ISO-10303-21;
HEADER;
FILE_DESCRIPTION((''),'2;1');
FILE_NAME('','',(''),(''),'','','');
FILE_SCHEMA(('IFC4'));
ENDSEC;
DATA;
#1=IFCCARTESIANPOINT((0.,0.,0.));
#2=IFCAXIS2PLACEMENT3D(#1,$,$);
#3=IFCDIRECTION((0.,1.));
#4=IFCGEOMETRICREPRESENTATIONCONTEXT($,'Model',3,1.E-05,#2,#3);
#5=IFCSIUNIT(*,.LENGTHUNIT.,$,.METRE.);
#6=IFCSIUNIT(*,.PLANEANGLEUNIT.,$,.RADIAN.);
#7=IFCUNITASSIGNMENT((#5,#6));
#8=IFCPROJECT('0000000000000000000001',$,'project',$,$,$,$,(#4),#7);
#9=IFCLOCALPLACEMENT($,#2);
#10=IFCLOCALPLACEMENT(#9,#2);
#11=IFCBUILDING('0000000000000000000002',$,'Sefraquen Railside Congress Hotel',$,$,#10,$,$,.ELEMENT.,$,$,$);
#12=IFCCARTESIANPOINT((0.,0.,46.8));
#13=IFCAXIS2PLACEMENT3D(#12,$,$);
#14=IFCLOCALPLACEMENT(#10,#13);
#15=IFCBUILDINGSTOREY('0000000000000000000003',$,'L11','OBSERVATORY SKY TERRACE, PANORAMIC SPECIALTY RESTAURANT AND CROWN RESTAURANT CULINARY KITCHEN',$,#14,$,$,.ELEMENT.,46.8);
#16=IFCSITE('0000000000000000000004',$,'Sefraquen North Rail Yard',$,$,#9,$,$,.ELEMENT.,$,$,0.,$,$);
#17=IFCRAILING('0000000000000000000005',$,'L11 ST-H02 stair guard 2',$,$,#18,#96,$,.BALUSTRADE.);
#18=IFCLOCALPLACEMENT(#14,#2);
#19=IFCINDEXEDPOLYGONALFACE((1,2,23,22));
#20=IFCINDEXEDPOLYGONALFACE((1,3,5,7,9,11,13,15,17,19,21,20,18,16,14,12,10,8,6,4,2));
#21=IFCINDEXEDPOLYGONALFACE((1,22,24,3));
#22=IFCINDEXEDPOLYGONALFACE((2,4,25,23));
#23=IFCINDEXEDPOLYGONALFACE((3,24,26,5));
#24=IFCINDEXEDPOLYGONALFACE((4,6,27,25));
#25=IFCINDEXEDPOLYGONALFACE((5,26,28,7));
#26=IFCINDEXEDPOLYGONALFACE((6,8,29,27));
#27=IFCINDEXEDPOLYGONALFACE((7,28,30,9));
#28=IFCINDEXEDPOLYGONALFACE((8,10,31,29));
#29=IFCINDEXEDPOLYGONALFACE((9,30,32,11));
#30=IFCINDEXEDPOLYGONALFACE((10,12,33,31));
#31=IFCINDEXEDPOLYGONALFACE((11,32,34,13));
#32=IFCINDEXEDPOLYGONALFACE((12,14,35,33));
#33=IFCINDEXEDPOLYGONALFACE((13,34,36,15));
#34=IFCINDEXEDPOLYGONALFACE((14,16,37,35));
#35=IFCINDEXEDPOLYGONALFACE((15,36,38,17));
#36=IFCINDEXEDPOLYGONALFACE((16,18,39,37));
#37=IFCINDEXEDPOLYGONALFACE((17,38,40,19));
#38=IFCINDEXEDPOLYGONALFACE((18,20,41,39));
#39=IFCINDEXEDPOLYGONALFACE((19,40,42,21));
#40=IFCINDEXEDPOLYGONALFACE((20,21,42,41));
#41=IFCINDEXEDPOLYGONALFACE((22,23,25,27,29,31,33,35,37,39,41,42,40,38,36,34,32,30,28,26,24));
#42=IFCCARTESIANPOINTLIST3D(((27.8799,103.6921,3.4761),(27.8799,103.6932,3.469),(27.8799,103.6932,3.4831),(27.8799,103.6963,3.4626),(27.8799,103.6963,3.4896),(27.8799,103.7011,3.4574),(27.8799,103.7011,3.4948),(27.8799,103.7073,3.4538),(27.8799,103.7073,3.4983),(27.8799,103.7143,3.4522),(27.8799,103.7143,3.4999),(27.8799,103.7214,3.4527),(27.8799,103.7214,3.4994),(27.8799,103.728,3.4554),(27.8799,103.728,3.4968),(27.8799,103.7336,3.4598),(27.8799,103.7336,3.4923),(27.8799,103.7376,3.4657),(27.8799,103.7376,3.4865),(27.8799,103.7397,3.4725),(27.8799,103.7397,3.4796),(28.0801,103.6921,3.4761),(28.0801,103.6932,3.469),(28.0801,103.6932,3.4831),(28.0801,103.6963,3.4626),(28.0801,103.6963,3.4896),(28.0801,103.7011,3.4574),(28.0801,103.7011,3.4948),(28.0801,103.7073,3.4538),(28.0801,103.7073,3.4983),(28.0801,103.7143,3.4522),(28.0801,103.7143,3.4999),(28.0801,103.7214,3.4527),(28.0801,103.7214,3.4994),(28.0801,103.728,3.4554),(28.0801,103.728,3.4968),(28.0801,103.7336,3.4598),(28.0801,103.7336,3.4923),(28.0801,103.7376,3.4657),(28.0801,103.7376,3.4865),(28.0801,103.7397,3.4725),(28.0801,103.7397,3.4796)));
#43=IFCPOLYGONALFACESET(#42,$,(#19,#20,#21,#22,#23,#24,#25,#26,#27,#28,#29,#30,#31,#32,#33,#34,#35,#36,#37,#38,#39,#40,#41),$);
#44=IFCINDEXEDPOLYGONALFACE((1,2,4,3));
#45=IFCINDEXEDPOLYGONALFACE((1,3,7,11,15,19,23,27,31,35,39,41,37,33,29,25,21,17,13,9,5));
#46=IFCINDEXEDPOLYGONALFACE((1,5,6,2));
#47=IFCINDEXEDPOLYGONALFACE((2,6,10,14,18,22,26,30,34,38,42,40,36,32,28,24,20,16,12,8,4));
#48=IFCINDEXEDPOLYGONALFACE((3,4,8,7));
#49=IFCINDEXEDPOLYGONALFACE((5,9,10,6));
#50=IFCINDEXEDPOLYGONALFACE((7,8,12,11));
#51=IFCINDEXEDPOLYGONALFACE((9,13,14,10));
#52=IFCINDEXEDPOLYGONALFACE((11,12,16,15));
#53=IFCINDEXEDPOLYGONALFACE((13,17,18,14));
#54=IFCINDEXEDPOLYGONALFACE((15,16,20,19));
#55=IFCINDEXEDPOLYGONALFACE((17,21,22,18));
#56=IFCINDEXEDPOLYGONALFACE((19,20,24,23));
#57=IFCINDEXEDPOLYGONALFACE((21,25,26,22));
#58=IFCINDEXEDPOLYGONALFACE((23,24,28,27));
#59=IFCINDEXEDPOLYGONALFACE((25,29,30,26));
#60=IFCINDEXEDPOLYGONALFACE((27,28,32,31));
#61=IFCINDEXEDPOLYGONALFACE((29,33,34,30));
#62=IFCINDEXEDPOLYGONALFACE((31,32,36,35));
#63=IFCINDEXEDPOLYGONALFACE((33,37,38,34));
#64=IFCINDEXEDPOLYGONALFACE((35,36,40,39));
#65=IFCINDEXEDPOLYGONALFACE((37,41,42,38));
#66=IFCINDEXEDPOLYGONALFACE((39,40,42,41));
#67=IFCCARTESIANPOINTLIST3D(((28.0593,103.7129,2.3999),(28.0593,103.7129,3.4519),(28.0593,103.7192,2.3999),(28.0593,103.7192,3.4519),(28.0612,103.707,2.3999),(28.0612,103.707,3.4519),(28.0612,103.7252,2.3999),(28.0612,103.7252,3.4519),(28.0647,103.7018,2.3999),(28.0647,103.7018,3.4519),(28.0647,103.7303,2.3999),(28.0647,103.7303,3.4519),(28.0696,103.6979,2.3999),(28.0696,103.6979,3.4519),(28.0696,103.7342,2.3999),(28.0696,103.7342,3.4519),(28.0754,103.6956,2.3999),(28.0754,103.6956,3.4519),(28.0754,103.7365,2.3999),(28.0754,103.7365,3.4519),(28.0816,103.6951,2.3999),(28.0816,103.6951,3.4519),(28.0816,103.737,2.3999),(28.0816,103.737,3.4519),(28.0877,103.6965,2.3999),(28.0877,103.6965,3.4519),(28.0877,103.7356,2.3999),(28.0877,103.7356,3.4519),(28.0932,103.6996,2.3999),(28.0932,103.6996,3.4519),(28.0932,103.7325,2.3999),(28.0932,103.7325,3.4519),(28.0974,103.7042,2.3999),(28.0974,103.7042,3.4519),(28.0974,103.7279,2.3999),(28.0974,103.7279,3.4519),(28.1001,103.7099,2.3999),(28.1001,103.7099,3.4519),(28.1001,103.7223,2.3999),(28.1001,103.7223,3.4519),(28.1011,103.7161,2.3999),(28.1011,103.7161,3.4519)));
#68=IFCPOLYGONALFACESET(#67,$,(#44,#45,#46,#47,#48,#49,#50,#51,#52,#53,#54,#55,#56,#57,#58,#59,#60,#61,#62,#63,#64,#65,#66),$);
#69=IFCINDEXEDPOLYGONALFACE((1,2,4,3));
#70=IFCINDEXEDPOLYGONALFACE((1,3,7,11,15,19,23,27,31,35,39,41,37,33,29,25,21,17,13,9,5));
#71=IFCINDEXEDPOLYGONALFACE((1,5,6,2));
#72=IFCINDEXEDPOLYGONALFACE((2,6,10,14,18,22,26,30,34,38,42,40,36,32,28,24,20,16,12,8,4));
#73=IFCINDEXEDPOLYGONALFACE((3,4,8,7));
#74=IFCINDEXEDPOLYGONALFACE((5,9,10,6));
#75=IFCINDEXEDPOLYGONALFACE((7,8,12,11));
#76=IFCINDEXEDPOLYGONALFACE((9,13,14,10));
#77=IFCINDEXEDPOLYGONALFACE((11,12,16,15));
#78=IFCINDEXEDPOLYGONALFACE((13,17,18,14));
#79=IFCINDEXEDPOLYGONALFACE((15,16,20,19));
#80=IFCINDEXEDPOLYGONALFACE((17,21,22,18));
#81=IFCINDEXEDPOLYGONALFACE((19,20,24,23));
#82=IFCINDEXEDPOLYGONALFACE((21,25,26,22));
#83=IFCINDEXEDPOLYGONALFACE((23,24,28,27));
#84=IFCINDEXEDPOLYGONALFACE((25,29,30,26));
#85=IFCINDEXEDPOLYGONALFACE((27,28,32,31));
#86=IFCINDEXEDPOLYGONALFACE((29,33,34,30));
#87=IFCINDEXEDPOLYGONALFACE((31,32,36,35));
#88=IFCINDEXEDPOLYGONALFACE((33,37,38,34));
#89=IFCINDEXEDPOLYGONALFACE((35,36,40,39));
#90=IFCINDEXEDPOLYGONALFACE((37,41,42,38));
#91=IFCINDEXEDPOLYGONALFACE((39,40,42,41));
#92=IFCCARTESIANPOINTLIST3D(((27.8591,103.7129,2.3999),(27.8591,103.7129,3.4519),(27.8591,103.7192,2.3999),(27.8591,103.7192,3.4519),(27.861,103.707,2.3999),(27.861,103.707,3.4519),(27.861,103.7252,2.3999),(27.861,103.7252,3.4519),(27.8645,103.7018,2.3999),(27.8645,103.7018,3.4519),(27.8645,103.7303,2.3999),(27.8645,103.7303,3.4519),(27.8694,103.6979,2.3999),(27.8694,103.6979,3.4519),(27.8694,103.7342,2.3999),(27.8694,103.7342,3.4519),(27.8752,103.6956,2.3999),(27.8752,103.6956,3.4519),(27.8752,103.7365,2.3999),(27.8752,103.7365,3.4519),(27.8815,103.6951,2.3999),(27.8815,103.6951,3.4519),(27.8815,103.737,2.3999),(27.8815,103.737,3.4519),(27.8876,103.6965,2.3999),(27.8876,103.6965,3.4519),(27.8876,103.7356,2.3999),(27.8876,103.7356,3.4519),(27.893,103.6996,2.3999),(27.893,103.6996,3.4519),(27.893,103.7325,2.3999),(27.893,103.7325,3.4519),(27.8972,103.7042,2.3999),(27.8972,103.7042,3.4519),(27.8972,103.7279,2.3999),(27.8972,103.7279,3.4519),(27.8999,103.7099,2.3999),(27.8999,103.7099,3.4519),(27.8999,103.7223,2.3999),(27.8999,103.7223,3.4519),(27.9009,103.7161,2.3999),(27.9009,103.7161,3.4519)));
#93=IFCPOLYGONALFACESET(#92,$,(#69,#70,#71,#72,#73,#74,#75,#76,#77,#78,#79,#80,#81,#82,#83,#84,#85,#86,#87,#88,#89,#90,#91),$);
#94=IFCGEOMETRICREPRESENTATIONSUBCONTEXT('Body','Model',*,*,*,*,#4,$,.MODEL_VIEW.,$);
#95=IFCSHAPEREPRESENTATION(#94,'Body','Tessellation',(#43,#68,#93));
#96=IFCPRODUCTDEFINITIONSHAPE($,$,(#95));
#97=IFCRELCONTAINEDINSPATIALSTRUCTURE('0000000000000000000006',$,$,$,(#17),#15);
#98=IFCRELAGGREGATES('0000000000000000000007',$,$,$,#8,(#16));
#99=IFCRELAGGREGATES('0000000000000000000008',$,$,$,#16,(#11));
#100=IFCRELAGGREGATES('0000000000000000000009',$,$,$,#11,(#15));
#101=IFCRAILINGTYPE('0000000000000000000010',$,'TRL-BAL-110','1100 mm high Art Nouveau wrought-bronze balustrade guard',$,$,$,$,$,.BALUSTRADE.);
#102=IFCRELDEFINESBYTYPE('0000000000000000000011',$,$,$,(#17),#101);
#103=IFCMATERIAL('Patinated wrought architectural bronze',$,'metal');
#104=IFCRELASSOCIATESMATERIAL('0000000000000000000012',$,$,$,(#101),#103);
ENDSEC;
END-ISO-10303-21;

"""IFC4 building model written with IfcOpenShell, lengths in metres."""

from ifc_helpers import new_model, si_unit, direction, frame, origin, origin_2d, place, context, subcontext, project, spatial, circle, extrude, material, type_object, element, save


model = new_model("IFC4")

# Units and contexts
model_context = context("Model", 3, precision=1e-05, world=origin(), true_north=direction((0.0, 1.0)))
body_context = subcontext(model_context, "Body", "Model", "MODEL_VIEW")
ifc_project = project(units=[si_unit("LENGTHUNIT", "METRE"), si_unit("PLANEANGLEUNIT", "RADIAN")], contexts=[model_context])

# Site, building, storey
site_placement = place(None, origin())
site = spatial("IfcSite", under=ifc_project, at=site_placement, Name="Sefraquen North Rail Yard", CompositionType="ELEMENT", RefElevation=0.0)
building_placement = place(site_placement, origin())
building = spatial("IfcBuilding", under=site, at=building_placement, Name="Sefraquen Railside Congress Hotel", CompositionType="ELEMENT")
storey_placement = place(building_placement, frame((0.0, 0.0, 46.8)))
storey = spatial("IfcBuildingStorey", under=building, at=storey_placement, Name="L11", Description="OBSERVATORY SKY TERRACE, PANORAMIC SPECIALTY RESTAURANT AND CROWN RESTAURANT CULINARY KITCHEN", CompositionType="ELEMENT", Elevation=46.8)

# Railing
ifc_material_1 = material(Name="Patinated wrought architectural bronze", Category="metal")
railing_type_1 = type_object("IfcRailingType", Name="TRL-BAL-110", Description="1100 mm high Art Nouveau wrought-bronze balustrade guard", PredefinedType="BALUSTRADE", material=ifc_material_1)
railing_1_placement = place(storey_placement, frame((28.0801, 103.7161, 2.3999)))
element("IfcRailing", 1, at=railing_1_placement, inside=storey, type_object=railing_type_1, Name="L11 ST-H02 stair guard 2", PredefinedType="BALUSTRADE", context=body_context, shape_type="SweptSolid", body=[
    extrude(circle(Radius=0.0239, at=origin_2d()), frame((0.0, 0.0, 1.0762), z_axis=(-1.0, 0.0, 0.0), x_axis=(0.0, -1.0, 0.0)), (0.0, 0.0, 1.0), 0.2002),
    extrude(circle(Radius=0.021, at=origin_2d()), origin(), (0.0, 0.0, 1.0), 1.052),
    extrude(circle(Radius=0.021, at=origin_2d()), frame((-0.2002, 0.0, 0.0)), (0.0, 0.0, 1.0), 1.052),
])

save(model, "model.ifc")
